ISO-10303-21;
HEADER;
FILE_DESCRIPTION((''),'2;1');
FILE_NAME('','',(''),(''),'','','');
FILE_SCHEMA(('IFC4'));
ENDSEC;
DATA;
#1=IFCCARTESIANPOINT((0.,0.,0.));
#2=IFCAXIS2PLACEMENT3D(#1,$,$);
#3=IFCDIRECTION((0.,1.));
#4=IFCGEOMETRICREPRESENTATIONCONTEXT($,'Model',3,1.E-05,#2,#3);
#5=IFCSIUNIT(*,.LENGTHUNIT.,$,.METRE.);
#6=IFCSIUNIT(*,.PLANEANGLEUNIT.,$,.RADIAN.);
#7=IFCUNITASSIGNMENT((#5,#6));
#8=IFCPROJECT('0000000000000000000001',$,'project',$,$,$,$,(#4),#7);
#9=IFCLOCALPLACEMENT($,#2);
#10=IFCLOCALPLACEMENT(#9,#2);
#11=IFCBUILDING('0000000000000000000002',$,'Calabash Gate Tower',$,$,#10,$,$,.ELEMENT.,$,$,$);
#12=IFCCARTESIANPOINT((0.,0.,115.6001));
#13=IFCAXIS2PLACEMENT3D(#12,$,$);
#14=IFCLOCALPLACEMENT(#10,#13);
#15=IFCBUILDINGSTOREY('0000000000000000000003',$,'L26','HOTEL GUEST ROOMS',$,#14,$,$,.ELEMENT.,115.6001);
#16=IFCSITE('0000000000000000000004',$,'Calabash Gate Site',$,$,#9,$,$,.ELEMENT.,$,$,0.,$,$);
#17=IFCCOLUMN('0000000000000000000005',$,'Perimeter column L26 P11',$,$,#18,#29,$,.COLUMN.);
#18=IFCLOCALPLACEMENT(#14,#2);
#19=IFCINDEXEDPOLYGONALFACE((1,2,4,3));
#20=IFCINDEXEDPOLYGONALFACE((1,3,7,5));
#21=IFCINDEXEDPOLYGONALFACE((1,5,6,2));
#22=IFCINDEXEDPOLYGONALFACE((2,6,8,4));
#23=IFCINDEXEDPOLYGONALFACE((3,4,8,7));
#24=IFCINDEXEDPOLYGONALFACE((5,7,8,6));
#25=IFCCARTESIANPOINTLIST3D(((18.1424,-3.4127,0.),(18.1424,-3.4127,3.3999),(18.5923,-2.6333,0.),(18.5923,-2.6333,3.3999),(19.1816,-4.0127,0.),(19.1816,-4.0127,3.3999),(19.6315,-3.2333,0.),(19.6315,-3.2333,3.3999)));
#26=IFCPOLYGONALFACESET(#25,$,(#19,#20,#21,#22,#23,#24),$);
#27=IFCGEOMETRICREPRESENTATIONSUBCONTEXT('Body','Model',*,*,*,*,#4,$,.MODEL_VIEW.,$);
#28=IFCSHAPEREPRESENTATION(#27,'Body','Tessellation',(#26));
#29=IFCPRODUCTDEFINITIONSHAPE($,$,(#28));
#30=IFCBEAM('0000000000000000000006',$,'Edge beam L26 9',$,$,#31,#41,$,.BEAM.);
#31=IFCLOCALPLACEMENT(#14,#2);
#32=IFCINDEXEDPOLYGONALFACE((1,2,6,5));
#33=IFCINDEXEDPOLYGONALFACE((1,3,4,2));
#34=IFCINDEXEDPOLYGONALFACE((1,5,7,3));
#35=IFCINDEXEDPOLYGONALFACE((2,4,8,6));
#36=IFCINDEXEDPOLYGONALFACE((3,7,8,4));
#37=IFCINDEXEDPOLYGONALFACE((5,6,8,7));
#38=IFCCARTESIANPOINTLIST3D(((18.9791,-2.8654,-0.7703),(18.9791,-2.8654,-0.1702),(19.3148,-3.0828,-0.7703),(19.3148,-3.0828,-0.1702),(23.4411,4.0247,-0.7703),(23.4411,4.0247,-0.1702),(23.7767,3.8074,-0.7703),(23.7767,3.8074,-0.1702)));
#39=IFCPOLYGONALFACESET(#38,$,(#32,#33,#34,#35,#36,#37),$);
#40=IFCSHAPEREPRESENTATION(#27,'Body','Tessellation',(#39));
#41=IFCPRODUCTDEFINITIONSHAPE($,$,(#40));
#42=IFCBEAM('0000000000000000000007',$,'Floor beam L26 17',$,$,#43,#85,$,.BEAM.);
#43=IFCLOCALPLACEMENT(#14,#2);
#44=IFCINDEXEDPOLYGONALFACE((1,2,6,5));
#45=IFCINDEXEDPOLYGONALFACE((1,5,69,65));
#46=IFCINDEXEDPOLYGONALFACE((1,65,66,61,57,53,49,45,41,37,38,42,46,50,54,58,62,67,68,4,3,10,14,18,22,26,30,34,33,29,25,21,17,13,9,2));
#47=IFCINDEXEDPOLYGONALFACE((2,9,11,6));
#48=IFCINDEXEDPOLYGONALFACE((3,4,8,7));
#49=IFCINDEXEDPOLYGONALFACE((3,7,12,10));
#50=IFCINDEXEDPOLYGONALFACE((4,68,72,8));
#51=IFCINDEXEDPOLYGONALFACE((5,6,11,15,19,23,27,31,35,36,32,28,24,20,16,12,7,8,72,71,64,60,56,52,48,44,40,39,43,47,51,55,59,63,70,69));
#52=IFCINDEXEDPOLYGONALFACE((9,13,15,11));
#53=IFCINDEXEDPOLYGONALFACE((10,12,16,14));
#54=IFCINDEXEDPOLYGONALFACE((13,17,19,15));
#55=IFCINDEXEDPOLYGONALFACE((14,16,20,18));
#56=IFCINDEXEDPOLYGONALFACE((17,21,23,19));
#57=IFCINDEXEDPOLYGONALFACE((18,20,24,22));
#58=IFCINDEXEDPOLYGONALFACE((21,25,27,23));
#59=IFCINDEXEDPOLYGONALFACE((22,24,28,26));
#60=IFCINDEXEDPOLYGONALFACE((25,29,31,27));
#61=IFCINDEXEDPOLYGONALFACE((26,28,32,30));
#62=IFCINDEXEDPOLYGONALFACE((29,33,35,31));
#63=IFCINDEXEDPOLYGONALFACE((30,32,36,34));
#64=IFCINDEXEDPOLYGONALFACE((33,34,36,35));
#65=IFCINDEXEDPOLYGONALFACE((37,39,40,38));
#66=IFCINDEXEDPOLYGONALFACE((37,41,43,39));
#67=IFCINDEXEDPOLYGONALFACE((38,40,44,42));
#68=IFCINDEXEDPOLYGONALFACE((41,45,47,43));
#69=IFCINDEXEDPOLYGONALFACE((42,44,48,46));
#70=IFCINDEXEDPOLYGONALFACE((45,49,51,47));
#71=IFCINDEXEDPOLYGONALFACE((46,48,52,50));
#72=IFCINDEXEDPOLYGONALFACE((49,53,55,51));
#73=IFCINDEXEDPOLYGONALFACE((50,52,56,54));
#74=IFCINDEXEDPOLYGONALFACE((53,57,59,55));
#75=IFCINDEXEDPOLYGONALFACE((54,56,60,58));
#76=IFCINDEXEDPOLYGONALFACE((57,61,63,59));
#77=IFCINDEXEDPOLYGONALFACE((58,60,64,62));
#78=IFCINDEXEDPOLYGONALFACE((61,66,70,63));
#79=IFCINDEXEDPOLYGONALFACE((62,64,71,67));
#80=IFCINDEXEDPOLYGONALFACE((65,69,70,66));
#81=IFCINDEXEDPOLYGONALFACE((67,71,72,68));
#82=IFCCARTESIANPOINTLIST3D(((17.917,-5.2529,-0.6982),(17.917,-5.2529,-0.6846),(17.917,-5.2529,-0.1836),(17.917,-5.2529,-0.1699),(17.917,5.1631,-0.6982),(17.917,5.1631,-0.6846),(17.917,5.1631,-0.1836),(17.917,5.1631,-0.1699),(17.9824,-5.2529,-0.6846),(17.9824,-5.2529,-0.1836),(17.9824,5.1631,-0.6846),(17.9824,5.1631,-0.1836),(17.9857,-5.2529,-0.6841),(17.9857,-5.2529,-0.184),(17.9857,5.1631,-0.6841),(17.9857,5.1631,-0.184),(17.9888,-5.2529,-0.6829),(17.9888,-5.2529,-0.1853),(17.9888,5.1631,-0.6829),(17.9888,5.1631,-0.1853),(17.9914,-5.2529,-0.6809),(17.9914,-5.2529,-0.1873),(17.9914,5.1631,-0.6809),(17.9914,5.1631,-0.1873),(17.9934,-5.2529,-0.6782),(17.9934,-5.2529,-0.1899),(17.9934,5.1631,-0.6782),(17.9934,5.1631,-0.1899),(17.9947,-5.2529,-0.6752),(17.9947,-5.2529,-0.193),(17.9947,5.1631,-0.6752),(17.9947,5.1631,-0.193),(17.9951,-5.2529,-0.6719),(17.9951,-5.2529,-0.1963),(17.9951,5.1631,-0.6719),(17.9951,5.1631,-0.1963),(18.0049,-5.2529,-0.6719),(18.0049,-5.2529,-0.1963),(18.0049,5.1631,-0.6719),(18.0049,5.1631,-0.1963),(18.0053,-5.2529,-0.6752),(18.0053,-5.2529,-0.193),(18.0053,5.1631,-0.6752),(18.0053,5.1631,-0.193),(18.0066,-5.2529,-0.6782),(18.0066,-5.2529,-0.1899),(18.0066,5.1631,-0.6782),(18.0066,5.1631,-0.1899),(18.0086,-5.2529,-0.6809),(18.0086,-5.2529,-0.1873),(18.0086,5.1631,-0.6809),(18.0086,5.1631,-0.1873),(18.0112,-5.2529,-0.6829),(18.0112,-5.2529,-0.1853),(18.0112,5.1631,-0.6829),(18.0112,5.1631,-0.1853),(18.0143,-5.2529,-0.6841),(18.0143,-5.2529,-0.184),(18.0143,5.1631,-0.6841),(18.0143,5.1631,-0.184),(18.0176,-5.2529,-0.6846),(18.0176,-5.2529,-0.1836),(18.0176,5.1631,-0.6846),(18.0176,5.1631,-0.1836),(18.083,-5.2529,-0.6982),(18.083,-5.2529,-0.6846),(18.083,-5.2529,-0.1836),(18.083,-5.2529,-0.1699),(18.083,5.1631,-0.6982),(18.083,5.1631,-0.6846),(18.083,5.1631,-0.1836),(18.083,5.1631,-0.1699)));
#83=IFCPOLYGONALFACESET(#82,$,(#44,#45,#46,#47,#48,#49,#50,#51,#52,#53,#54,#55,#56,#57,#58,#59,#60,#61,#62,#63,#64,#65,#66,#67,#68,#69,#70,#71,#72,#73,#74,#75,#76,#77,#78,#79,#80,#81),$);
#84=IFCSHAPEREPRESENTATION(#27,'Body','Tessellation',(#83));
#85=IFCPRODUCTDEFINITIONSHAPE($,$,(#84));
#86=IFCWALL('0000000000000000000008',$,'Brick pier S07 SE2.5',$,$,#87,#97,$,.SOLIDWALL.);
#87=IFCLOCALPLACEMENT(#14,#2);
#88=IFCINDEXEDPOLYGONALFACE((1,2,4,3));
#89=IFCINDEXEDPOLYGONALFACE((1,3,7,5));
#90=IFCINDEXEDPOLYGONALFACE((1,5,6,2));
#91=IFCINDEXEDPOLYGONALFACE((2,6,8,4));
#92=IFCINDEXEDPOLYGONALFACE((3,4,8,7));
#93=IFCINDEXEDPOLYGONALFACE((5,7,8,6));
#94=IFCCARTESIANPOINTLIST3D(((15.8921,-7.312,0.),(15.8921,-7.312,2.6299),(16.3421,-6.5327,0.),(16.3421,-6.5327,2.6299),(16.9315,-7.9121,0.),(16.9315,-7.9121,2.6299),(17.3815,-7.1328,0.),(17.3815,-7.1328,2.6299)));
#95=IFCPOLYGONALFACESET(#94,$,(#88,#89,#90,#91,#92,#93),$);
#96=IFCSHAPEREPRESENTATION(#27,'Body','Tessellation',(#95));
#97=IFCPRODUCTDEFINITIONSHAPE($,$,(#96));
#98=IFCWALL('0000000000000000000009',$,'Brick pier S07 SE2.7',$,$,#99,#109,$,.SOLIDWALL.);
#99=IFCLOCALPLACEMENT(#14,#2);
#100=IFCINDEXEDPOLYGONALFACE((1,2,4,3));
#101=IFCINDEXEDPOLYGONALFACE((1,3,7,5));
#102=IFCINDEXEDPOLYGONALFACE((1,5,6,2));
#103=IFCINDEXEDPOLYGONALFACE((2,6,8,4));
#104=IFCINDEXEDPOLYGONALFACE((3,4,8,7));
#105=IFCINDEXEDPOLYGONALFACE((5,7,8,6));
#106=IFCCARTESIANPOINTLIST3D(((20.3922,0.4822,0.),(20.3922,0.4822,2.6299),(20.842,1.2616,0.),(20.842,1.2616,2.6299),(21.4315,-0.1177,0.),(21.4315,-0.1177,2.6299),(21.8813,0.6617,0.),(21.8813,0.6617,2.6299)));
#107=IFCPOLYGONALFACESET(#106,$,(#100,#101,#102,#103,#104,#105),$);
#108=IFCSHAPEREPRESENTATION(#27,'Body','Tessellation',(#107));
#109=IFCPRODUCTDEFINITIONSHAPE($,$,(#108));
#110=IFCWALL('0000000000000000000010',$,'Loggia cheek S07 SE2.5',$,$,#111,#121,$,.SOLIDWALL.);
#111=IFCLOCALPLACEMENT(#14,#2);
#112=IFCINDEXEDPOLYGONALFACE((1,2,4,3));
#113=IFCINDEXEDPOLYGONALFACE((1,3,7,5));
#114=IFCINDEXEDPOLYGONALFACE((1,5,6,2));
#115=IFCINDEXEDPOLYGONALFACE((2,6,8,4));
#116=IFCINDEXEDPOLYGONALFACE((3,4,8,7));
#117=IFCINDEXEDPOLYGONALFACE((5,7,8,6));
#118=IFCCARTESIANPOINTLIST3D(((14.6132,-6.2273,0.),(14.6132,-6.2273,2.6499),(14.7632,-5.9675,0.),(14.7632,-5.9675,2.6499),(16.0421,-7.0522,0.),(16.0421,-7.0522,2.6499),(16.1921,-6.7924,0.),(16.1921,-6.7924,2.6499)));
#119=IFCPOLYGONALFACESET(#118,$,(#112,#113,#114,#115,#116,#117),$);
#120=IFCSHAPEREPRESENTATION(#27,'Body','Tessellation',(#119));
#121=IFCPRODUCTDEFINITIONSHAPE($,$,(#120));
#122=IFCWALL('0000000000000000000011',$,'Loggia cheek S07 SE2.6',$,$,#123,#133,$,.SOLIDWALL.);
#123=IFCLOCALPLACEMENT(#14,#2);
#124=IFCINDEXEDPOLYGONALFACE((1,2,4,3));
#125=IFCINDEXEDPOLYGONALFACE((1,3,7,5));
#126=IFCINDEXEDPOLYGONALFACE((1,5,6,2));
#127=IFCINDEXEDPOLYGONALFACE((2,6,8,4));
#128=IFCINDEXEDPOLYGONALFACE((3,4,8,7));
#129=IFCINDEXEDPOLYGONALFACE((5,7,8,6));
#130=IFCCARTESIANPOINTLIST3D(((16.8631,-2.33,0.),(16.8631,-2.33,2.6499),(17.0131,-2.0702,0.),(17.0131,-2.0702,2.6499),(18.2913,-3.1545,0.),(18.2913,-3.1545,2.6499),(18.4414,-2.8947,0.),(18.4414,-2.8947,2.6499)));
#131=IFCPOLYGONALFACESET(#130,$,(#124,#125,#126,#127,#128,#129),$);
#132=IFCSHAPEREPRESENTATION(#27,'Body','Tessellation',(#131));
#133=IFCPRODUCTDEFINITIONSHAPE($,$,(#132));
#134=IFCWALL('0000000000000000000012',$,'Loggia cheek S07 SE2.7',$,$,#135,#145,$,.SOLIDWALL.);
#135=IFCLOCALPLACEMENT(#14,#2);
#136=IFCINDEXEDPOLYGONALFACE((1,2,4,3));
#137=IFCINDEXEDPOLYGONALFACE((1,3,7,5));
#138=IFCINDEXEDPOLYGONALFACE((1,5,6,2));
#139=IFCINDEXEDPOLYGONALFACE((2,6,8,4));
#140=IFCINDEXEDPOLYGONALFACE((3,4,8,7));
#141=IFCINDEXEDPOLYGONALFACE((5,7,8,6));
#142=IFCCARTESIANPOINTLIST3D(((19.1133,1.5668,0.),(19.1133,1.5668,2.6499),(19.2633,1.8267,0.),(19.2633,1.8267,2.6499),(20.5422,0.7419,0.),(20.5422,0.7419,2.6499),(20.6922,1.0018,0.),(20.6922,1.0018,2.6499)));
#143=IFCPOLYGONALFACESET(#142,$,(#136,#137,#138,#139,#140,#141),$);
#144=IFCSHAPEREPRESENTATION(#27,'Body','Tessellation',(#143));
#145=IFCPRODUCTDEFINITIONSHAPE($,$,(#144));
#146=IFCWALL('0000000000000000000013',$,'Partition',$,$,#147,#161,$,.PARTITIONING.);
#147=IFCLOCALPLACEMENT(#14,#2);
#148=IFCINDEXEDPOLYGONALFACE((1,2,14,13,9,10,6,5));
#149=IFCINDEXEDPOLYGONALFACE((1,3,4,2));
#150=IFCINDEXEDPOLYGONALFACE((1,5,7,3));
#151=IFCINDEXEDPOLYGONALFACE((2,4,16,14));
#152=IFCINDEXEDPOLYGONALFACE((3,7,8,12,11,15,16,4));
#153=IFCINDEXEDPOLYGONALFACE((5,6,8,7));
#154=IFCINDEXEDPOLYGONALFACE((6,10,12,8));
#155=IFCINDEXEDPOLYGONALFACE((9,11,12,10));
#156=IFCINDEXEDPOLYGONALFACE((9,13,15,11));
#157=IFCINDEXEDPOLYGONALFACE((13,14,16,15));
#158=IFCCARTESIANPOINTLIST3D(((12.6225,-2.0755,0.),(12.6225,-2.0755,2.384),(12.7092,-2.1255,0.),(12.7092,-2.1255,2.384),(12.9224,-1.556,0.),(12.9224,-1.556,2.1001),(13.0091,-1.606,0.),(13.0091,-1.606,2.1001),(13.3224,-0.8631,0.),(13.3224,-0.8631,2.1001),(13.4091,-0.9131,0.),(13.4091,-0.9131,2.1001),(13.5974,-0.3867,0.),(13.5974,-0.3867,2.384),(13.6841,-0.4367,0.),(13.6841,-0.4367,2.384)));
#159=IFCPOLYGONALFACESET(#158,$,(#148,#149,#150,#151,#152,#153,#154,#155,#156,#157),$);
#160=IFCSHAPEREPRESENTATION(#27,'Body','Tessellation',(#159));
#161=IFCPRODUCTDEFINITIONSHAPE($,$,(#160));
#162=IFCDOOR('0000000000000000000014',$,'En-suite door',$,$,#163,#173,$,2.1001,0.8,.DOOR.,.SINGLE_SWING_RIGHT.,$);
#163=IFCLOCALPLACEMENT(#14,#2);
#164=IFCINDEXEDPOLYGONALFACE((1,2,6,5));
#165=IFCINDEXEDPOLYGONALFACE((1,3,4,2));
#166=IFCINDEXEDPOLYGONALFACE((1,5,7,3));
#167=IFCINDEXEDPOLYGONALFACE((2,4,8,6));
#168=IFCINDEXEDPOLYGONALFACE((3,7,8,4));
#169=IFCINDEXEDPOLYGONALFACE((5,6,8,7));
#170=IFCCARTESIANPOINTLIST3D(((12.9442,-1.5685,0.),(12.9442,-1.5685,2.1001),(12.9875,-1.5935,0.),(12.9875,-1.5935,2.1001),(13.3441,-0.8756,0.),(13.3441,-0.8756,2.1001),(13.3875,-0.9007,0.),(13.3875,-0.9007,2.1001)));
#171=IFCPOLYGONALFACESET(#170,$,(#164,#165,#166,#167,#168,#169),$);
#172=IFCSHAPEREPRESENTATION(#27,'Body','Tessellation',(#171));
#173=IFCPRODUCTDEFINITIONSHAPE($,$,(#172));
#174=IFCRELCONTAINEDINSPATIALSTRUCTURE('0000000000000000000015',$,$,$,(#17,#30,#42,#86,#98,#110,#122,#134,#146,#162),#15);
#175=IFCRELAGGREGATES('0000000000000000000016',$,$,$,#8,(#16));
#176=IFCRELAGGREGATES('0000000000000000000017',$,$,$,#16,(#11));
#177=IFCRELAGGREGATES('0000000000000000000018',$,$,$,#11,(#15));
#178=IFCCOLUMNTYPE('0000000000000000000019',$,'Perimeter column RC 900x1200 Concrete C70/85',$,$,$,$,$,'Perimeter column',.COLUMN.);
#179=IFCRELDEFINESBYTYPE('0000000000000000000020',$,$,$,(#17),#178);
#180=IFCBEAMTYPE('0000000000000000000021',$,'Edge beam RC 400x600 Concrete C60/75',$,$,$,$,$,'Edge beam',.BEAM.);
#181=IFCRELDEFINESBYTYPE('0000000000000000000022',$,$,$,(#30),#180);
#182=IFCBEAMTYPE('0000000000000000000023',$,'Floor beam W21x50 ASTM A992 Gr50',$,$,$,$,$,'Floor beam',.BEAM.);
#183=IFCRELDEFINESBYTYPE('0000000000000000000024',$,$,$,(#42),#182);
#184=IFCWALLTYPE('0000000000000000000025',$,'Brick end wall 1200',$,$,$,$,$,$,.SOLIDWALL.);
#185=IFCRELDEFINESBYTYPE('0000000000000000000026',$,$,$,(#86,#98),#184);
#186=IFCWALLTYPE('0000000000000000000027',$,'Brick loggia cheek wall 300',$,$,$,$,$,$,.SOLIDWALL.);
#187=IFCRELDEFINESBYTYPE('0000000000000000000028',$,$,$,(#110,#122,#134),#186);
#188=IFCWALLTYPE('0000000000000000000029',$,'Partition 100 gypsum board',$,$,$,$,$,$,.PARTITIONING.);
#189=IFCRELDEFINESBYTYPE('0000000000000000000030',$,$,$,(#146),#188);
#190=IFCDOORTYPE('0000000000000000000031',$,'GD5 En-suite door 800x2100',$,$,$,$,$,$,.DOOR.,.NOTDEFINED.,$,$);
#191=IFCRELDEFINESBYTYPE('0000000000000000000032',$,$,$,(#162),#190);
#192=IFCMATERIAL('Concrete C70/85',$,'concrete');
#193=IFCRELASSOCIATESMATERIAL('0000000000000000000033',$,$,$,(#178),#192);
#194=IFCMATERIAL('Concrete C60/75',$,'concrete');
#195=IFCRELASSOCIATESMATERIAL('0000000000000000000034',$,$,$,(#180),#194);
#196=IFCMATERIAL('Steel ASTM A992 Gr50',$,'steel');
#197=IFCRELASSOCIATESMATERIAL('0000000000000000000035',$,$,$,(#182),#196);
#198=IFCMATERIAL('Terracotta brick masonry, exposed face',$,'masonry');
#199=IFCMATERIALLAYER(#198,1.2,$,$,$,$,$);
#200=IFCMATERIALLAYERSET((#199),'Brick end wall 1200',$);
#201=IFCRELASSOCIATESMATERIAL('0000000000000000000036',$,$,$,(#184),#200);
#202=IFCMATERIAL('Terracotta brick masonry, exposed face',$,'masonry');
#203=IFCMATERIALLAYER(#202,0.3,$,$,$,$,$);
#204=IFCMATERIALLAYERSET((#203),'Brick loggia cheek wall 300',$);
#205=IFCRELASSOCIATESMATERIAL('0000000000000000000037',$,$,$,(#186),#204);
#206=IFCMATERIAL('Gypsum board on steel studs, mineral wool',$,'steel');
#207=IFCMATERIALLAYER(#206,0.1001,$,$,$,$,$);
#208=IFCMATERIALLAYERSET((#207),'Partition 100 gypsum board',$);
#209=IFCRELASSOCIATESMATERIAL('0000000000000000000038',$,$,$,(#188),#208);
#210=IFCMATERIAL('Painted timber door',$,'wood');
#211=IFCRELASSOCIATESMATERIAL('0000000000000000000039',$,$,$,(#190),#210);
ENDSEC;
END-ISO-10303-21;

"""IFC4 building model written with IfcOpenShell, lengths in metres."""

from ifc_helpers import new_model, si_unit, direction, frame, frame_2d, origin, origin_2d, place, context, subcontext, project, spatial, rectangle, i_section, extrude, material, layer, layer_set, material_profile, profile_set, type_object, element, fill, save


model = new_model("IFC4")

# Units and contexts
model_context = context("Model", 3, precision=1e-05, world=origin(), true_north=direction((0.0, 1.0)))
body_context = subcontext(model_context, "Body", "Model", "MODEL_VIEW")
ifc_project = project(units=[si_unit("LENGTHUNIT", "METRE"), si_unit("PLANEANGLEUNIT", "RADIAN")], contexts=[model_context])

# Site, building, storey
site_placement = place(None, origin())
site = spatial("IfcSite", under=ifc_project, at=site_placement, Name="Calabash Gate Site", CompositionType="ELEMENT", RefElevation=0.0)
building_placement = place(site_placement, origin())
building = spatial("IfcBuilding", under=site, at=building_placement, Name="Calabash Gate Tower", CompositionType="ELEMENT")
storey_placement = place(building_placement, frame((0.0, 0.0, 115.6001)))
storey = spatial("IfcBuildingStorey", under=building, at=storey_placement, Name="L26", Description="HOTEL GUEST ROOMS", CompositionType="ELEMENT", Elevation=115.6001)

# Column
ifc_material_1 = material(Name="Concrete C70/85", Category="concrete")
ifc_material_profile_1 = material_profile(ifc_material_1, rectangle(XDim=0.8999, YDim=1.2, at=origin_2d()))
ifc_profile_set_1 = profile_set([ifc_material_profile_1], Name="Concrete C70/85")
column_type = type_object("IfcColumnType", Name="Perimeter column RC 900x1200 Concrete C70/85", ElementType="Perimeter column", PredefinedType="COLUMN", material=ifc_profile_set_1)
column_placement = place(storey_placement, frame((18.887, -3.323, 0.0), z_axis=(0.0, 0.0, 1.0), x_axis=(0.5, 0.866025, 0.0)))
element("IfcColumn", 1, at=column_placement, inside=storey, type_object=column_type, Name="Perimeter column L26 P11", PredefinedType="COLUMN", context=body_context, shape_type="SweptSolid", body=[
    extrude(rectangle(XDim=0.8999, YDim=1.2, at=origin_2d()), origin(), (0.0, 0.0, 1.0), 3.3999),
])

# Beams
ifc_material_2 = material(Name="Concrete C60/75", Category="concrete")
ifc_material_profile_2 = material_profile(ifc_material_2, rectangle(XDim=0.3999, YDim=0.6001, at=origin_2d()))
ifc_profile_set_2 = profile_set([ifc_material_profile_2], Name="Concrete C60/75")
beam_type_1 = type_object("IfcBeamType", Name="Edge beam RC 400x600 Concrete C60/75", ElementType="Edge beam", PredefinedType="BEAM", material=ifc_profile_set_2)
beam_1_placement = place(storey_placement, frame((19.147, -2.9741, -0.4702), z_axis=(0.54356, 0.839371, 0.0), x_axis=(-0.839371, 0.54356, 0.0)))
element("IfcBeam", 2, at=beam_1_placement, inside=storey, type_object=beam_type_1, Name="Edge beam L26 9", PredefinedType="BEAM", context=body_context, shape_type="SweptSolid", body=[
    extrude(rectangle(XDim=0.3999, YDim=0.6001, at=origin_2d()), origin(), (0.0, 0.0, 1.0), 8.2087),
])
ifc_material_3 = material(Name="Steel ASTM A992 Gr50", Category="steel")
ifc_material_profile_3 = material_profile(ifc_material_3, i_section(OverallWidth=0.166, OverallDepth=0.5283, WebThickness=0.0098, FlangeThickness=0.0137, FilletRadius=0.0127, at=origin_2d()))
ifc_profile_set_3 = profile_set([ifc_material_profile_3], Name="Steel ASTM A992 Gr50")
beam_type_2 = type_object("IfcBeamType", Name="Floor beam W21x50 ASTM A992 Gr50", ElementType="Floor beam", PredefinedType="BEAM", material=ifc_profile_set_3)
beam_2_placement = place(storey_placement, frame((18.0, -5.2529, -0.4341), z_axis=(0.0, 1.0, 0.0), x_axis=(-1.0, 0.0, 0.0)))
element("IfcBeam", 3, at=beam_2_placement, inside=storey, type_object=beam_type_2, Name="Floor beam L26 17", PredefinedType="BEAM", context=body_context, shape_type="SweptSolid", body=[
    extrude(i_section(OverallWidth=0.166, OverallDepth=0.5283, WebThickness=0.0098, FlangeThickness=0.0137, FilletRadius=0.0127, at=origin_2d()), origin(), (0.0, 0.0, 1.0), 10.416),
])

# Walls
ifc_material_4 = material(Name="Terracotta brick masonry, exposed face", Category="masonry")
ifc_layer_1 = layer(ifc_material_4, 1.2)
ifc_layer_set_1 = layer_set([ifc_layer_1], Name="Brick end wall 1200")
wall_type_1 = type_object("IfcWallType", Name="Brick end wall 1200", PredefinedType="SOLIDWALL", material=ifc_layer_set_1)
wall_1_placement = place(storey_placement, frame((17.1565, -7.5225, 0.0), z_axis=(0.0, 0.0, 1.0), x_axis=(-0.866006, 0.500034, 0.0)))
element("IfcWall", 4, at=wall_1_placement, inside=storey, type_object=wall_type_1, Name="Brick pier S07 SE2.5", PredefinedType="SOLIDWALL", context=body_context, shape_type="SweptSolid", body=[
    extrude(rectangle(XDim=1.2002, YDim=0.8999, at=frame_2d((0.6001, 0.0))), origin(), (0.0, 0.0, 1.0), 2.6299),
])
wall_2_placement = place(storey_placement, frame((21.6565, 0.272, 0.0), z_axis=(0.0, 0.0, 1.0), x_axis=(-0.866094, 0.499881, 0.0)))
element("IfcWall", 5, at=wall_2_placement, inside=storey, type_object=wall_type_1, Name="Brick pier S07 SE2.7", PredefinedType="SOLIDWALL", context=body_context, shape_type="SweptSolid", body=[
    extrude(rectangle(XDim=1.2, YDim=0.8999, at=frame_2d((0.6001, 0.0))), origin(), (0.0, 0.0, 1.0), 2.6299),
])
ifc_material_5 = material(Name="Terracotta brick masonry, exposed face", Category="masonry")
ifc_layer_2 = layer(ifc_material_5, 0.3)
ifc_layer_set_2 = layer_set([ifc_layer_2], Name="Brick loggia cheek wall 300")
wall_type_2 = type_object("IfcWallType", Name="Brick loggia cheek wall 300", PredefinedType="SOLIDWALL", material=ifc_layer_set_2)
wall_3_placement = place(storey_placement, frame((14.6882, -6.0974, 0.0), z_axis=(0.0, 0.0, 1.0), x_axis=(0.86604, -0.499974, 0.0)))
element("IfcWall", 6, at=wall_3_placement, inside=storey, type_object=wall_type_2, Name="Loggia cheek S07 SE2.5", PredefinedType="SOLIDWALL", context=body_context, shape_type="SweptSolid", body=[
    extrude(rectangle(XDim=1.6499, YDim=0.3, at=frame_2d((0.825, 0.0))), origin(), (0.0, 0.0, 1.0), 2.6499),
])
wall_4_placement = place(storey_placement, frame((18.3665, -3.0247, 0.0), z_axis=(0.0, 0.0, 1.0), x_axis=(-0.866057, 0.499945, 0.0)))
element("IfcWall", 7, at=wall_4_placement, inside=storey, type_object=wall_type_2, Name="Loggia cheek S07 SE2.6", PredefinedType="SOLIDWALL", context=body_context, shape_type="SweptSolid", body=[
    extrude(rectangle(XDim=1.6492, YDim=0.3, at=frame_2d((0.8247, 0.0))), origin(), (0.0, 0.0, 1.0), 2.6499),
])
wall_5_placement = place(storey_placement, frame((20.6172, 0.8718, 0.0), z_axis=(0.0, 0.0, 1.0), x_axis=(-0.86604, 0.499974, 0.0)))
element("IfcWall", 8, at=wall_5_placement, inside=storey, type_object=wall_type_2, Name="Loggia cheek S07 SE2.7", PredefinedType="SOLIDWALL", context=body_context, shape_type="SweptSolid", body=[
    extrude(rectangle(XDim=1.6499, YDim=0.3, at=frame_2d((0.825, 0.0))), origin(), (0.0, 0.0, 1.0), 2.6499),
])

# Wall, opening, door
ifc_material_6 = material(Name="Gypsum board on steel studs, mineral wool", Category="steel")
ifc_layer_3 = layer(ifc_material_6, 0.1001)
ifc_layer_set_3 = layer_set([ifc_layer_3], Name="Partition 100 gypsum board")
wall_type_3 = type_object("IfcWallType", Name="Partition 100 gypsum board", PredefinedType="PARTITIONING", material=ifc_layer_set_3)
wall_6_placement = place(storey_placement, frame((12.6658, -2.1006, 0.0), z_axis=(0.0, 0.0, 1.0), x_axis=(0.49995, 0.866054, 0.0)))
wall_6 = element("IfcWall", 9, at=wall_6_placement, inside=storey, type_object=wall_type_3, Name="Partition", PredefinedType="PARTITIONING", context=body_context, shape_type="SweptSolid", body=[
    extrude(rectangle(XDim=1.95, YDim=0.1001, at=frame_2d((0.9751, 0.0))), origin(), (0.0, 0.0, 1.0), 2.384),
])
opening_1_placement = place(wall_6_placement, frame((0.6001, 0.0, 0.0)))
opening_1 = element("IfcOpeningElement", 10, at=opening_1_placement, cuts=wall_6, PredefinedType="OPENING", context=body_context, shape_type="SweptSolid", body=[
    extrude(rectangle(XDim=0.8, YDim=2.1001, at=frame_2d((0.3999, 1.05))), frame((0.0, 0.0601, 0.0), z_axis=(0.0, -1.0, 0.0), x_axis=(1.0, 0.0, 0.0)), (0.0, 0.0, 1.0), 0.1201),
])
ifc_material_7 = material(Name="Painted timber door", Category="wood")
door_type_1 = type_object("IfcDoorType", Name="GD5 En-suite door 800x2100", OperationType="NOTDEFINED", PredefinedType="DOOR", material=ifc_material_7)
door_1_placement = place(opening_1_placement, origin())
door_1 = element("IfcDoor", 11, at=door_1_placement, inside=storey, type_object=door_type_1, Name="En-suite door", OperationType="SINGLE_SWING_RIGHT", OverallHeight=2.1001, OverallWidth=0.8, PredefinedType="DOOR", context=body_context, shape_type="SweptSolid", body=[
    extrude(rectangle(XDim=0.8, YDim=2.1001, at=frame_2d((0.3999, 1.05))), frame((0.0, 0.0249, 0.0), z_axis=(0.0, -1.0, 0.0), x_axis=(1.0, 0.0, 0.0)), (0.0, 0.0, 1.0), 0.05),
])
fill(opening_1, door_1)

save(model, "model.ifc")
